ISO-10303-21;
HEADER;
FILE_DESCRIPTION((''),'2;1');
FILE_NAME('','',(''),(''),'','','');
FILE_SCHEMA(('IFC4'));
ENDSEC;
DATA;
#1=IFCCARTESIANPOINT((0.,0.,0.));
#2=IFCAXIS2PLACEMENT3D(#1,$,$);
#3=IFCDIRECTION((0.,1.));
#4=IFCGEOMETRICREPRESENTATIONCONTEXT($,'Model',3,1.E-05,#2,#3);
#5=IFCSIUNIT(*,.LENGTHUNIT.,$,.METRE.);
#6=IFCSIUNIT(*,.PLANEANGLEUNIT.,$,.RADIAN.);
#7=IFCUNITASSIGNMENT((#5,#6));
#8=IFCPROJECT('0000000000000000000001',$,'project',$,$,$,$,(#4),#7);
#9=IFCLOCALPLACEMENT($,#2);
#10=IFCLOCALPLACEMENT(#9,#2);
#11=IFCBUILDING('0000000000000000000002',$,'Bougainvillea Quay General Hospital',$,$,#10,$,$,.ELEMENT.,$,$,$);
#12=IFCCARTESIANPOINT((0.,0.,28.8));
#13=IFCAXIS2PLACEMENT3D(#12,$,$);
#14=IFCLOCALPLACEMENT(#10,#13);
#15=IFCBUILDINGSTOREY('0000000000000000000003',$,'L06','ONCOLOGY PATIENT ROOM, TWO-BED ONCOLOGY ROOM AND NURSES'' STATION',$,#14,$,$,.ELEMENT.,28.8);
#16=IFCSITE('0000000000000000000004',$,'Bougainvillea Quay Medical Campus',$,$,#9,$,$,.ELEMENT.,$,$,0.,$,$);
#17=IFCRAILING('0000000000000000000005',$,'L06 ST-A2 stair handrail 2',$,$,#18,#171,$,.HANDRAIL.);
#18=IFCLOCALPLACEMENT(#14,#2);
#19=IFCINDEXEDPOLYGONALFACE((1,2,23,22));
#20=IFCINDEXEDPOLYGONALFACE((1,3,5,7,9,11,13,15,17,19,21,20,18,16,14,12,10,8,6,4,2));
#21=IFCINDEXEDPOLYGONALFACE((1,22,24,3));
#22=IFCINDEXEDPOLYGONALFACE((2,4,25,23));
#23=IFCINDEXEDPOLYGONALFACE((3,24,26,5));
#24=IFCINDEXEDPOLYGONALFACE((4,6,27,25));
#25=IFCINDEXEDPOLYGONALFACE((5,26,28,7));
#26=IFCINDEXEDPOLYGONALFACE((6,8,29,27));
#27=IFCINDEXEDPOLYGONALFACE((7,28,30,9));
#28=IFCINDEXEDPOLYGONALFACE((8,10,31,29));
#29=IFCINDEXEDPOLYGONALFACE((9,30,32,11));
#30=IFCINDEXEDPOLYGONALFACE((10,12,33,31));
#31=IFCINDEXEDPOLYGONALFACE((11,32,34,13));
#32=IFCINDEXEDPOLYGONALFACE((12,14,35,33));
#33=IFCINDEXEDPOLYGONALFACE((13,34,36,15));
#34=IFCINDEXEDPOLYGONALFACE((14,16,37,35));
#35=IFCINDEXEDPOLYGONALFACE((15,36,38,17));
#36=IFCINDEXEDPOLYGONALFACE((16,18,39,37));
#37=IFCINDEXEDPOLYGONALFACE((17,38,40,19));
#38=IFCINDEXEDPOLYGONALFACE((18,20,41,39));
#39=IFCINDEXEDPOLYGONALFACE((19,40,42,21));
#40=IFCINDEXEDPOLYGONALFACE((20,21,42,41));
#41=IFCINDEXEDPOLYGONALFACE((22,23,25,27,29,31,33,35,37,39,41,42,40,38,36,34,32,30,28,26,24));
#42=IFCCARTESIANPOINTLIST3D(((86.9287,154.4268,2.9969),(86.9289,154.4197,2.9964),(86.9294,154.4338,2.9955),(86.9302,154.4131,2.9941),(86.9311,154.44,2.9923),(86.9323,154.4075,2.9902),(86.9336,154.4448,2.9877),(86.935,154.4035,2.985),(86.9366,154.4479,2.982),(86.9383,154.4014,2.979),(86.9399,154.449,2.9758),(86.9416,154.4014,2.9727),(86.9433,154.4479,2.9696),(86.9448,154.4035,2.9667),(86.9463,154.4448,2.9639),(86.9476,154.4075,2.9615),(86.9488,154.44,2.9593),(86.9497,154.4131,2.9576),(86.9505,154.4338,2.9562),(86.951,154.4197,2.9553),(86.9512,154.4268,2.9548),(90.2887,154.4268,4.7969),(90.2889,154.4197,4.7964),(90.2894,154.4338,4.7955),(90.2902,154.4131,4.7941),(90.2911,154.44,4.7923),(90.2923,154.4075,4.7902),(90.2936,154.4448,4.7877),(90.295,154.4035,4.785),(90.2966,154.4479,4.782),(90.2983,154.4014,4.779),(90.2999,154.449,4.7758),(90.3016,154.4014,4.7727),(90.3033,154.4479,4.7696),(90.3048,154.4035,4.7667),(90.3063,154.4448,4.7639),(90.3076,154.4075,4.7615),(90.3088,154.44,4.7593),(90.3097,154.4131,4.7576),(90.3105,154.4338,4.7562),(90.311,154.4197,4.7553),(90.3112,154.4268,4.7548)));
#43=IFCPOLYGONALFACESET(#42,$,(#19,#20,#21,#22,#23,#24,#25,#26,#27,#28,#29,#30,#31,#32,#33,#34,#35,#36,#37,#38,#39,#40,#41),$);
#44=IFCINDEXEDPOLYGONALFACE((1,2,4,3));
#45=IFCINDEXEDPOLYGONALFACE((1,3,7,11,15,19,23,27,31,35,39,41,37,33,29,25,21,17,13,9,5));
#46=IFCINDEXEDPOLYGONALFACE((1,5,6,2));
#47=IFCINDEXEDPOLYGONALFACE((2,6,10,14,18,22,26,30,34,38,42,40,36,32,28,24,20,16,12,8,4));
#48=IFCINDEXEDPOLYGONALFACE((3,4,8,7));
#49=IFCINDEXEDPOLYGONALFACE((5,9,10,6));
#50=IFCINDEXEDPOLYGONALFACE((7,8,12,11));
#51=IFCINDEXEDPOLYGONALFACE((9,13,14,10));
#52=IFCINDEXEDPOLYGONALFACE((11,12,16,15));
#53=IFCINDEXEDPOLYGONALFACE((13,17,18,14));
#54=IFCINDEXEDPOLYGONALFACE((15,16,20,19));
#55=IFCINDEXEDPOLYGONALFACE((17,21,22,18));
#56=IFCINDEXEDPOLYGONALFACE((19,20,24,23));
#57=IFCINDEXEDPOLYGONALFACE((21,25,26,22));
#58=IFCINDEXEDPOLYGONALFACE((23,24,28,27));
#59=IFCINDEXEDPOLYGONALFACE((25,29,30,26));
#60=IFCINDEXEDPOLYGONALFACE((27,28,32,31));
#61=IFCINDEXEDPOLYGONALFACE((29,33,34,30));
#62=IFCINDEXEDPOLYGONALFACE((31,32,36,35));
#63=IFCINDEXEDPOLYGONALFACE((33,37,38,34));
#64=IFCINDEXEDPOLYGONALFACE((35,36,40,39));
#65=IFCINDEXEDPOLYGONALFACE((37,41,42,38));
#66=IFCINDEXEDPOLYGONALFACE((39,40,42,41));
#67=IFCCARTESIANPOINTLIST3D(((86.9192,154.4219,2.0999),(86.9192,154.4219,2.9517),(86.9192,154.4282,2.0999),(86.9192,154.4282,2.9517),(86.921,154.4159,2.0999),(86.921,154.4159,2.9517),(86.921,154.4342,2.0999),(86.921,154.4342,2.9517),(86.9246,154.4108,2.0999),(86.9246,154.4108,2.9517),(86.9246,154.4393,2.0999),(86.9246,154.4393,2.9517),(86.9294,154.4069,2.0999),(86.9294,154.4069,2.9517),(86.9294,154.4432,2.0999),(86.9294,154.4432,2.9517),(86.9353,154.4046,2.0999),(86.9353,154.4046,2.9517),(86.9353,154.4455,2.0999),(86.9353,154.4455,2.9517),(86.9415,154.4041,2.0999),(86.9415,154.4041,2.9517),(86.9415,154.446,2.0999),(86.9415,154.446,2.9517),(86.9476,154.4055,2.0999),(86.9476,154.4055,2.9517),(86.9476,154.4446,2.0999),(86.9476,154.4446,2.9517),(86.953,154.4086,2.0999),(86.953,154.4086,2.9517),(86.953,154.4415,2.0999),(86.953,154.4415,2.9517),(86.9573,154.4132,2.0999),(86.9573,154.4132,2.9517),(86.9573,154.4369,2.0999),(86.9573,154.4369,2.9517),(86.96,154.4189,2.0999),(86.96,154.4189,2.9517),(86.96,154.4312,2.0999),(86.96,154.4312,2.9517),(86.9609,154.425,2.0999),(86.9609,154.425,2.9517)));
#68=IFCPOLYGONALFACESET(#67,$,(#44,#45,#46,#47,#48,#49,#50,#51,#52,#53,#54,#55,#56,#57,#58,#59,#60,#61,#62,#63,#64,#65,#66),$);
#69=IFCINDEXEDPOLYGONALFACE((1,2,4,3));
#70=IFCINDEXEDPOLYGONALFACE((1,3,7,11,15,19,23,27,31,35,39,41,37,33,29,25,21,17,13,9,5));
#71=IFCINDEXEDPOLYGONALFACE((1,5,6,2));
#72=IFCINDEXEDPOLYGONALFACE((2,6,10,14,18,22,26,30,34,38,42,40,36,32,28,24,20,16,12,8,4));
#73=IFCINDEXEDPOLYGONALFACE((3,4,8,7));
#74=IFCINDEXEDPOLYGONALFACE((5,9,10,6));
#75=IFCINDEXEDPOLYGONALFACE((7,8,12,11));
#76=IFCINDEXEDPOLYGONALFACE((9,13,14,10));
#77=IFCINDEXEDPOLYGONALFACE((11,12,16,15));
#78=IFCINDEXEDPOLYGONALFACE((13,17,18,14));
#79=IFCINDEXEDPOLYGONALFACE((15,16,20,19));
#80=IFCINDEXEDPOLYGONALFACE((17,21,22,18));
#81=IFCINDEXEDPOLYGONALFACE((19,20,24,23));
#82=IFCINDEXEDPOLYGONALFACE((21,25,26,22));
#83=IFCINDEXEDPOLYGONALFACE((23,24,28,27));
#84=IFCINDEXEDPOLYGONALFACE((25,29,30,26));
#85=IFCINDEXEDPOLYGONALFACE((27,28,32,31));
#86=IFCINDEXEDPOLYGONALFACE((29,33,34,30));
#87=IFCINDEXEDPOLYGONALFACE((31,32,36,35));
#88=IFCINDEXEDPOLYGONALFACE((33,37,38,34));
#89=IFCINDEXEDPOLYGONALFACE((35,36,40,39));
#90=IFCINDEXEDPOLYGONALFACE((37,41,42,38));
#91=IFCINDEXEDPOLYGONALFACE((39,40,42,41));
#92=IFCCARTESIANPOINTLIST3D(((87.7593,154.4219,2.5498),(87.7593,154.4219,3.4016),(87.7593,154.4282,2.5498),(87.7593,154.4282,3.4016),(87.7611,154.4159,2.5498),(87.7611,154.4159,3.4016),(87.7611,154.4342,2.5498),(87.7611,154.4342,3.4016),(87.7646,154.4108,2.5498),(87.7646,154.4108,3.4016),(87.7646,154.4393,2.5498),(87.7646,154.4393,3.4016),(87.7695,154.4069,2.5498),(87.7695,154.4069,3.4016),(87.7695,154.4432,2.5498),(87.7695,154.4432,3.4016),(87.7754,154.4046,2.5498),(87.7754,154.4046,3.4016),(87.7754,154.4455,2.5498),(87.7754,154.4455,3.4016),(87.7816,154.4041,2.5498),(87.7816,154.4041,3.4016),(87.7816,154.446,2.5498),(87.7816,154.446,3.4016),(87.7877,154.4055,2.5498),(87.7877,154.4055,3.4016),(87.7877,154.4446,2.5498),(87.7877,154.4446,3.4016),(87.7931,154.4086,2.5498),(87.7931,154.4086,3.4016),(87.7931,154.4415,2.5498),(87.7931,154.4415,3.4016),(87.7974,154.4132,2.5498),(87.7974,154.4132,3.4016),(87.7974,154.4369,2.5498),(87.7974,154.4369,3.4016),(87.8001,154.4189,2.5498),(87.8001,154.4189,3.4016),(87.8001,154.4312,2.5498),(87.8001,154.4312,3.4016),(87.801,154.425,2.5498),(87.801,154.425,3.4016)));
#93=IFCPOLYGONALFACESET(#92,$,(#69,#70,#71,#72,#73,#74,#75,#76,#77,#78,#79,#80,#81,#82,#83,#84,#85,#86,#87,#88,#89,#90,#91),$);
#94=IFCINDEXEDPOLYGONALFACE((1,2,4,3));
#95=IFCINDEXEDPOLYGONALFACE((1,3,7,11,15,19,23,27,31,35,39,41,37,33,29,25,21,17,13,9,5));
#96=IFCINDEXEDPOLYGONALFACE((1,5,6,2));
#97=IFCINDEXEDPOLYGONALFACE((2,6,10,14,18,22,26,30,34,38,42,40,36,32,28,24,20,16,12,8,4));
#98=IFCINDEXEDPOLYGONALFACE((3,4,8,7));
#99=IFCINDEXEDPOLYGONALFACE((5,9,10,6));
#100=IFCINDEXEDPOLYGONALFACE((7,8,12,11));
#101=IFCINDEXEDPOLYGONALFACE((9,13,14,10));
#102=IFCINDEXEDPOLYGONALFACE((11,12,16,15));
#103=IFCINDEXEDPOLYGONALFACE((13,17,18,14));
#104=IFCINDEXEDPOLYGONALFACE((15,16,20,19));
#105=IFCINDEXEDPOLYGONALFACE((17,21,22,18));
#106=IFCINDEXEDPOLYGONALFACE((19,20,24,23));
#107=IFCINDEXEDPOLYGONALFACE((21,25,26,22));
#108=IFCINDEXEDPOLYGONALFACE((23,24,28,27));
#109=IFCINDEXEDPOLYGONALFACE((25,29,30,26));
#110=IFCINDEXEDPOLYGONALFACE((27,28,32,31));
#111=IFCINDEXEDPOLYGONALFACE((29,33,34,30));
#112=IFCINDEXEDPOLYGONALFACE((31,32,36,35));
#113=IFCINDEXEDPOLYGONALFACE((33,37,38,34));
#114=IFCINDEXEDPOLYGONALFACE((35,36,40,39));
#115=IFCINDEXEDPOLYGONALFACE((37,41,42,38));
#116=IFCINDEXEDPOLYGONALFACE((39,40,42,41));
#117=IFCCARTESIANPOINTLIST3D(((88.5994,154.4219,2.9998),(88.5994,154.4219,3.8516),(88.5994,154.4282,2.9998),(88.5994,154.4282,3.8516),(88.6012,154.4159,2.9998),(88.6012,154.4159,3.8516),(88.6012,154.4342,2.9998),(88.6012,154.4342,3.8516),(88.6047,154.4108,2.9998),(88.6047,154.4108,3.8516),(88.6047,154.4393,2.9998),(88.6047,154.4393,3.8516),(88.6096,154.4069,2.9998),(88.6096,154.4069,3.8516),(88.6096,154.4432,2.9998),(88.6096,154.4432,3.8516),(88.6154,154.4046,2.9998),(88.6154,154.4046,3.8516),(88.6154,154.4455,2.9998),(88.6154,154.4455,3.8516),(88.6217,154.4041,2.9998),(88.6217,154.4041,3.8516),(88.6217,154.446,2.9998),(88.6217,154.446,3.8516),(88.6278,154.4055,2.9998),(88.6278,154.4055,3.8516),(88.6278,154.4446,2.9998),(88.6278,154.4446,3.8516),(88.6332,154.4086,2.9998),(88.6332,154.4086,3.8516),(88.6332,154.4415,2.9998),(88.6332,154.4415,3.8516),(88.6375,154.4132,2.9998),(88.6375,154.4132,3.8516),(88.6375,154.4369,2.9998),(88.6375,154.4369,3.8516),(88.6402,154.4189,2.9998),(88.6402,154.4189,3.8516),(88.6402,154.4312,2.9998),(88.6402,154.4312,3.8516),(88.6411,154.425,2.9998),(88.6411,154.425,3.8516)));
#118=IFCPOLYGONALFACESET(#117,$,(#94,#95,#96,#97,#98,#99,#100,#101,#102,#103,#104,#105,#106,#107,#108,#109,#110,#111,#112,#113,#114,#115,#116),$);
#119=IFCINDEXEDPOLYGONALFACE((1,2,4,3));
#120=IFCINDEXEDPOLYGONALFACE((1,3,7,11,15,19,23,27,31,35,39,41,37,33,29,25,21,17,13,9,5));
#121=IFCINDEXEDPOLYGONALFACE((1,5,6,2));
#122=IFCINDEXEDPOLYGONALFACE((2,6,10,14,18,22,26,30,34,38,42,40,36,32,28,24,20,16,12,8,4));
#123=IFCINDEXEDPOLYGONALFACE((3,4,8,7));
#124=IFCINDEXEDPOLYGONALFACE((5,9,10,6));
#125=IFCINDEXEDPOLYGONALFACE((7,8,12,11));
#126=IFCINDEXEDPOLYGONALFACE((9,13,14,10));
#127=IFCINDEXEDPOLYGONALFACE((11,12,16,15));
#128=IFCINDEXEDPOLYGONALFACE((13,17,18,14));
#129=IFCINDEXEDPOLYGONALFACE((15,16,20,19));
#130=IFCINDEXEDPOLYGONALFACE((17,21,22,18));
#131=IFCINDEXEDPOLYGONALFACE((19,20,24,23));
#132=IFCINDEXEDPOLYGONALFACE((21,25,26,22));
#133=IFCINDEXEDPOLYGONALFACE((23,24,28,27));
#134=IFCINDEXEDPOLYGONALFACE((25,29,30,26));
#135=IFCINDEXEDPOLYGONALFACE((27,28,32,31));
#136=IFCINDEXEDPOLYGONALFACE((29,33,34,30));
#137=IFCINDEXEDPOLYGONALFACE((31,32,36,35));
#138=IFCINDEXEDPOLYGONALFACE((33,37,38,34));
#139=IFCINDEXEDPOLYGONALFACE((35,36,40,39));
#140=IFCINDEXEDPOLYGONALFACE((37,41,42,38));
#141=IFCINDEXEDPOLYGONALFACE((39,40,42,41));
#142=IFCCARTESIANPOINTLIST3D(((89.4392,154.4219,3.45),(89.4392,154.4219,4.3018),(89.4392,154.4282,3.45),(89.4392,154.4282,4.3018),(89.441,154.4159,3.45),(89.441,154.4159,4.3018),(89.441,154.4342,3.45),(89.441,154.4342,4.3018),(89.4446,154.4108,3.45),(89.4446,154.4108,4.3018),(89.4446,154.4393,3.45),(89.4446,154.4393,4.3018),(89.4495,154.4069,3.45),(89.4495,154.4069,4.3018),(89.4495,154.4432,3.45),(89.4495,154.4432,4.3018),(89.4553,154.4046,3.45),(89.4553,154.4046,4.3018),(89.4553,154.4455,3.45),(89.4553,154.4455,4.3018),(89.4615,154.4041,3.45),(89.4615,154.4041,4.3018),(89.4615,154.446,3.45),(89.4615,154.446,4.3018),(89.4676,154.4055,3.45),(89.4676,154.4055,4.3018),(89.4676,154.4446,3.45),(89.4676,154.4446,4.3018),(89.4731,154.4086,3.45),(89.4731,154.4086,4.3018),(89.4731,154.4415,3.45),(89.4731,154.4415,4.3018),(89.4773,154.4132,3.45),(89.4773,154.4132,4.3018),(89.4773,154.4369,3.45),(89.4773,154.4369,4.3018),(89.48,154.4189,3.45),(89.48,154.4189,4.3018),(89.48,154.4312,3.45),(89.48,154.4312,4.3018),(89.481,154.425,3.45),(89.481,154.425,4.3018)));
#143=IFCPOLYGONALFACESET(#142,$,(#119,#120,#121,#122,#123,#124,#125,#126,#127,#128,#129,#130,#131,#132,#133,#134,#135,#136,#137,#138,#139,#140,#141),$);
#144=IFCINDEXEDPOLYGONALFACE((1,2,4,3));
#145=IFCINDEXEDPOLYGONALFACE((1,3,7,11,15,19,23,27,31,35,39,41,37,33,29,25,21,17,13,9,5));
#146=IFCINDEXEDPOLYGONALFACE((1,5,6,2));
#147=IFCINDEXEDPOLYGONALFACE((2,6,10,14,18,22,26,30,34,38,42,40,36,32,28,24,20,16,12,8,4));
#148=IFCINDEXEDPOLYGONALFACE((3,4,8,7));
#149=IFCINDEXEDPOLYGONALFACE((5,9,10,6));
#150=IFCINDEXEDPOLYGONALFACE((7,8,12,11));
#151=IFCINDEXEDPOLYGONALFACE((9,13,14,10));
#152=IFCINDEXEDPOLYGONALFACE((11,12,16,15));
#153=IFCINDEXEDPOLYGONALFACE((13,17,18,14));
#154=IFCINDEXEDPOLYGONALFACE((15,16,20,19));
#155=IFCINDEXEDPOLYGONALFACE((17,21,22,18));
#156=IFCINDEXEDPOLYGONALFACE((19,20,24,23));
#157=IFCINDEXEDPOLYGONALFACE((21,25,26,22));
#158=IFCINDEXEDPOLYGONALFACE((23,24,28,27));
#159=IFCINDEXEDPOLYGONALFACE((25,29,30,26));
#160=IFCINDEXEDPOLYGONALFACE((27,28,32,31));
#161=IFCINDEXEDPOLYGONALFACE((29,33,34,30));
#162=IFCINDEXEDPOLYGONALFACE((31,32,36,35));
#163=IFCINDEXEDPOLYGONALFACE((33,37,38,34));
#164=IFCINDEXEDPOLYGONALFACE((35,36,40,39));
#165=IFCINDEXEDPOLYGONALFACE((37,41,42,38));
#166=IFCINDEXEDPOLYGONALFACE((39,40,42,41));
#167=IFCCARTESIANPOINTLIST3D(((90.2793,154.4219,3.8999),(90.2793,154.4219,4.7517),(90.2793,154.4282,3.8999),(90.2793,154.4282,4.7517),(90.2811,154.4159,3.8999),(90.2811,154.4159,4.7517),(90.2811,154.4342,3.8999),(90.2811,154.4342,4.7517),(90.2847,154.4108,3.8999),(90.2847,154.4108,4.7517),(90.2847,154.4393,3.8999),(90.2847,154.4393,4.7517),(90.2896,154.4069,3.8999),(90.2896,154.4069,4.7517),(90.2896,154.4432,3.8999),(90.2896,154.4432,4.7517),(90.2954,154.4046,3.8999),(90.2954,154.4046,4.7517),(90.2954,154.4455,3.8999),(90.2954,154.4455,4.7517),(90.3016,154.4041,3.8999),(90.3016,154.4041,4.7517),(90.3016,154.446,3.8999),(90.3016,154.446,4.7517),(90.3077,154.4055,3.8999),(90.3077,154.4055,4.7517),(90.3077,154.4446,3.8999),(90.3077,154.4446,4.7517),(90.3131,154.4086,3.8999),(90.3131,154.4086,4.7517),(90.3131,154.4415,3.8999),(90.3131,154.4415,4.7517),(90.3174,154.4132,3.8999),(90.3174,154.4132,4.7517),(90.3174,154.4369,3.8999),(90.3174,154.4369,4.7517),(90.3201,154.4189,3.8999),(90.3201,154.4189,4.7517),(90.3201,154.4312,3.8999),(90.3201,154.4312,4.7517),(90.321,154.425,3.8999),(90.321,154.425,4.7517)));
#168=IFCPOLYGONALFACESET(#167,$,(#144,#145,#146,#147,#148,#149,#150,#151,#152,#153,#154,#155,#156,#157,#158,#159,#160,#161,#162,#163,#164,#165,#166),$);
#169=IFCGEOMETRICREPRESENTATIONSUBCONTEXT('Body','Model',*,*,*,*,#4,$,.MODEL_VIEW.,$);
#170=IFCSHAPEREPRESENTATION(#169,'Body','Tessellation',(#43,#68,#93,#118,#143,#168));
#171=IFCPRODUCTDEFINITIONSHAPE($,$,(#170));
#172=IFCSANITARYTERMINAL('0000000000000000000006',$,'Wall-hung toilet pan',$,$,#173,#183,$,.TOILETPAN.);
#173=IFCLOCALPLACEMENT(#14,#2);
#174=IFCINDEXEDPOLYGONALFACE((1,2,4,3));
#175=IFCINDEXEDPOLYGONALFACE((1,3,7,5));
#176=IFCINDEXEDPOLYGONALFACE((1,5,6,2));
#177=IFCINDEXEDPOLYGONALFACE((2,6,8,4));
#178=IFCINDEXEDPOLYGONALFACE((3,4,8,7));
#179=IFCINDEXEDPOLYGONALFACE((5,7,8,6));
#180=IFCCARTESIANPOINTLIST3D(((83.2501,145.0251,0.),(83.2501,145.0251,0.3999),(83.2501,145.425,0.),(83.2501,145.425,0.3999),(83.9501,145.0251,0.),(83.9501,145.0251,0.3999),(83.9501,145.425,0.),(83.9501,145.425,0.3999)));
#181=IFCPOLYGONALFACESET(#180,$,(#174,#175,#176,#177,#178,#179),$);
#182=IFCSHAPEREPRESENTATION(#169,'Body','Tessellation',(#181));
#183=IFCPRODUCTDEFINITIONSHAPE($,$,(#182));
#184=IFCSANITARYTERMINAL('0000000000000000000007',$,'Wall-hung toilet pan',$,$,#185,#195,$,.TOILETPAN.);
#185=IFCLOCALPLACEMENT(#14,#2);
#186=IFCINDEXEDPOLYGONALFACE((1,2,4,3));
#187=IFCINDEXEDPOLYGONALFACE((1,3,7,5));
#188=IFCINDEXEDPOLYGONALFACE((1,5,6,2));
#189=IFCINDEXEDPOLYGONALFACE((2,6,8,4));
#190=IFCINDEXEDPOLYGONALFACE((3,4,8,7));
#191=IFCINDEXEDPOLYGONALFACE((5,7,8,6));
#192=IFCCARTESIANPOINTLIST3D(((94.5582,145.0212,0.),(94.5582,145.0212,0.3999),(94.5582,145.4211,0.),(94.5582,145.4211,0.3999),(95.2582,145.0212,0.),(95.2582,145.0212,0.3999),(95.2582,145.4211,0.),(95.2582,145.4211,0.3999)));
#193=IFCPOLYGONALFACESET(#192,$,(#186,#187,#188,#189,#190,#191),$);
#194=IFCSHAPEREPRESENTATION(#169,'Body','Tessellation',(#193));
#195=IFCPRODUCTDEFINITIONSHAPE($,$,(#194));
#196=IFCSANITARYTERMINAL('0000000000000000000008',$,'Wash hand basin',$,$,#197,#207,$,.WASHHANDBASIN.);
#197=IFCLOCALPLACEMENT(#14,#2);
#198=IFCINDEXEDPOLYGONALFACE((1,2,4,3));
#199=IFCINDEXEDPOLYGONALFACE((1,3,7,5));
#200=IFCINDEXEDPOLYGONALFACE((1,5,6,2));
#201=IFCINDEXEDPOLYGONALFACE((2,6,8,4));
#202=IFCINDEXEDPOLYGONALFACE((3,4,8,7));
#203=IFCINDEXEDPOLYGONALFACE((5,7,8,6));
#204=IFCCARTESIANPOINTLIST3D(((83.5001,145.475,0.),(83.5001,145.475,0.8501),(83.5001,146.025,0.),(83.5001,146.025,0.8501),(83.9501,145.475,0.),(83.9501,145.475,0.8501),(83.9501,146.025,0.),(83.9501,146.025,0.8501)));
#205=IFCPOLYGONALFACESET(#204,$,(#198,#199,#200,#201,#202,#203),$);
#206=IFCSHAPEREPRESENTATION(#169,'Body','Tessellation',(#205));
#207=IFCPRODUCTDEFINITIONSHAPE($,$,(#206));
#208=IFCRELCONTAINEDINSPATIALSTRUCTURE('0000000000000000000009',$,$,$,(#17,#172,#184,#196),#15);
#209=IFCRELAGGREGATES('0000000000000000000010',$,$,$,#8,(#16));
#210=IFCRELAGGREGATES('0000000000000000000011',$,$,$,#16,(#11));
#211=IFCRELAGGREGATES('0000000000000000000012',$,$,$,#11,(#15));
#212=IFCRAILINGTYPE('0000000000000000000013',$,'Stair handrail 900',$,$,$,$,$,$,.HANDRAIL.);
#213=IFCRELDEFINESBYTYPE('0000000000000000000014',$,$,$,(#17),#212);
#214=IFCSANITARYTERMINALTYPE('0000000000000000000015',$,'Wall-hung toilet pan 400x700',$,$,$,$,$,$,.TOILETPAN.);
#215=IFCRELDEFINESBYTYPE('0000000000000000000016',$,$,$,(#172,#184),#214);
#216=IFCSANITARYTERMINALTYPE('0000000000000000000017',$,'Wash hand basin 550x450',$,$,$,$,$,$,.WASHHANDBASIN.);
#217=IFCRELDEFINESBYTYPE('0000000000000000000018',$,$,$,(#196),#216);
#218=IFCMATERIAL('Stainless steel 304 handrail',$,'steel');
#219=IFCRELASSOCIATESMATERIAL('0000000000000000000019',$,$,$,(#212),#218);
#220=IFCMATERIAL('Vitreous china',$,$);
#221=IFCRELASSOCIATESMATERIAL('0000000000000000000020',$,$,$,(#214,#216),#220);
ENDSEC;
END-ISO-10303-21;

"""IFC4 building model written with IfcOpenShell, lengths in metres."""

from ifc_helpers import new_model, si_unit, direction, frame, origin, origin_2d, place, context, subcontext, project, spatial, rectangle, circle, extrude, material, type_object, element, save


model = new_model("IFC4")

# Units and contexts
model_context = context("Model", 3, precision=1e-05, world=origin(), true_north=direction((0.0, 1.0)))
body_context = subcontext(model_context, "Body", "Model", "MODEL_VIEW")
ifc_project = project(units=[si_unit("LENGTHUNIT", "METRE"), si_unit("PLANEANGLEUNIT", "RADIAN")], contexts=[model_context])

# Site, building, storey
site_placement = place(None, origin())
site = spatial("IfcSite", under=ifc_project, at=site_placement, Name="Bougainvillea Quay Medical Campus", CompositionType="ELEMENT", RefElevation=0.0)
building_placement = place(site_placement, origin())
building = spatial("IfcBuilding", under=site, at=building_placement, Name="Bougainvillea Quay General Hospital", CompositionType="ELEMENT")
storey_placement = place(building_placement, frame((0.0, 0.0, 28.8)))
storey = spatial("IfcBuildingStorey", under=building, at=storey_placement, Name="L06", Description="ONCOLOGY PATIENT ROOM, TWO-BED ONCOLOGY ROOM AND NURSES' STATION", CompositionType="ELEMENT", Elevation=28.8)

# Railing
ifc_material_1 = material(Name="Stainless steel 304 handrail", Category="steel")
railing_type = type_object("IfcRailingType", Name="Stair handrail 900", PredefinedType="HANDRAIL", material=ifc_material_1)
railing_placement = place(storey_placement, frame((86.9399, 154.425, 2.0999)))
element("IfcRailing", 1, at=railing_placement, inside=storey, type_object=railing_type, Name="L06 ST-A2 stair handrail 2", PredefinedType="HANDRAIL", context=body_context, shape_type="SweptSolid", body=[
    extrude(circle(Radius=0.0239, at=origin_2d()), frame((0.0, 0.0, 0.876), z_axis=(0.881481, 0.0, 0.47222), x_axis=(0.0, 1.0, 0.0)), (0.0, 0.0, 1.0), 3.8118),
    extrude(circle(Radius=0.021, at=origin_2d()), origin(), (0.0, 0.0, 1.0), 0.8518),
    extrude(circle(Radius=0.021, at=origin_2d()), frame((0.8401, 0.0, 0.45)), (0.0, 0.0, 1.0), 0.8518),
    extrude(circle(Radius=0.021, at=origin_2d()), frame((1.6802, 0.0, 0.8999)), (0.0, 0.0, 1.0), 0.8518),
    extrude(circle(Radius=0.021, at=origin_2d()), frame((2.52, 0.0, 1.3501)), (0.0, 0.0, 1.0), 0.8518),
    extrude(circle(Radius=0.021, at=origin_2d()), frame((3.3601, 0.0, 1.8)), (0.0, 0.0, 1.0), 0.8518),
])

# Sanitary terminals
ifc_material_2 = material(Name="Vitreous china")
sanitary_terminal_type_1 = type_object("IfcSanitaryTerminalType", Name="Wall-hung toilet pan 400x700", PredefinedType="TOILETPAN", material=ifc_material_2)
for number, where, z_axis, x_axis, name in (
    (2, (83.6001, 145.2251, 0.0), (0.0, 0.0, 1.0), (0.0, -1.0, 0.0), "Wall-hung toilet pan"),
    (3, (94.9082, 145.2212, 0.0), (0.0, 0.0, 1.0), (0.0, 1.0, 0.0), "Wall-hung toilet pan"),
):
    element("IfcSanitaryTerminal", number, at=place(storey_placement, frame(where, z_axis=z_axis, x_axis=x_axis)), inside=storey, type_object=sanitary_terminal_type_1, Name=name, PredefinedType="TOILETPAN", context=body_context, shape_type="SweptSolid", body=[
        extrude(rectangle(XDim=0.3999, YDim=0.7, at=origin_2d()), origin(), (0.0, 0.0, 1.0), 0.3999),
    ])
sanitary_terminal_type_2 = type_object("IfcSanitaryTerminalType", Name="Wash hand basin 550x450", PredefinedType="WASHHANDBASIN", material=ifc_material_2)
for number, where, z_axis, x_axis, name in (
    (4, (83.7251, 145.75, 0.0), (0.0, 0.0, 1.0), (0.0, -1.0, 0.0), "Wash hand basin"),
):
    element("IfcSanitaryTerminal", number, at=place(storey_placement, frame(where, z_axis=z_axis, x_axis=x_axis)), inside=storey, type_object=sanitary_terminal_type_2, Name=name, PredefinedType="WASHHANDBASIN", context=body_context, shape_type="SweptSolid", body=[
        extrude(rectangle(XDim=0.55, YDim=0.45, at=origin_2d()), origin(), (0.0, 0.0, 1.0), 0.8501),
    ])

save(model, "model.ifc")
